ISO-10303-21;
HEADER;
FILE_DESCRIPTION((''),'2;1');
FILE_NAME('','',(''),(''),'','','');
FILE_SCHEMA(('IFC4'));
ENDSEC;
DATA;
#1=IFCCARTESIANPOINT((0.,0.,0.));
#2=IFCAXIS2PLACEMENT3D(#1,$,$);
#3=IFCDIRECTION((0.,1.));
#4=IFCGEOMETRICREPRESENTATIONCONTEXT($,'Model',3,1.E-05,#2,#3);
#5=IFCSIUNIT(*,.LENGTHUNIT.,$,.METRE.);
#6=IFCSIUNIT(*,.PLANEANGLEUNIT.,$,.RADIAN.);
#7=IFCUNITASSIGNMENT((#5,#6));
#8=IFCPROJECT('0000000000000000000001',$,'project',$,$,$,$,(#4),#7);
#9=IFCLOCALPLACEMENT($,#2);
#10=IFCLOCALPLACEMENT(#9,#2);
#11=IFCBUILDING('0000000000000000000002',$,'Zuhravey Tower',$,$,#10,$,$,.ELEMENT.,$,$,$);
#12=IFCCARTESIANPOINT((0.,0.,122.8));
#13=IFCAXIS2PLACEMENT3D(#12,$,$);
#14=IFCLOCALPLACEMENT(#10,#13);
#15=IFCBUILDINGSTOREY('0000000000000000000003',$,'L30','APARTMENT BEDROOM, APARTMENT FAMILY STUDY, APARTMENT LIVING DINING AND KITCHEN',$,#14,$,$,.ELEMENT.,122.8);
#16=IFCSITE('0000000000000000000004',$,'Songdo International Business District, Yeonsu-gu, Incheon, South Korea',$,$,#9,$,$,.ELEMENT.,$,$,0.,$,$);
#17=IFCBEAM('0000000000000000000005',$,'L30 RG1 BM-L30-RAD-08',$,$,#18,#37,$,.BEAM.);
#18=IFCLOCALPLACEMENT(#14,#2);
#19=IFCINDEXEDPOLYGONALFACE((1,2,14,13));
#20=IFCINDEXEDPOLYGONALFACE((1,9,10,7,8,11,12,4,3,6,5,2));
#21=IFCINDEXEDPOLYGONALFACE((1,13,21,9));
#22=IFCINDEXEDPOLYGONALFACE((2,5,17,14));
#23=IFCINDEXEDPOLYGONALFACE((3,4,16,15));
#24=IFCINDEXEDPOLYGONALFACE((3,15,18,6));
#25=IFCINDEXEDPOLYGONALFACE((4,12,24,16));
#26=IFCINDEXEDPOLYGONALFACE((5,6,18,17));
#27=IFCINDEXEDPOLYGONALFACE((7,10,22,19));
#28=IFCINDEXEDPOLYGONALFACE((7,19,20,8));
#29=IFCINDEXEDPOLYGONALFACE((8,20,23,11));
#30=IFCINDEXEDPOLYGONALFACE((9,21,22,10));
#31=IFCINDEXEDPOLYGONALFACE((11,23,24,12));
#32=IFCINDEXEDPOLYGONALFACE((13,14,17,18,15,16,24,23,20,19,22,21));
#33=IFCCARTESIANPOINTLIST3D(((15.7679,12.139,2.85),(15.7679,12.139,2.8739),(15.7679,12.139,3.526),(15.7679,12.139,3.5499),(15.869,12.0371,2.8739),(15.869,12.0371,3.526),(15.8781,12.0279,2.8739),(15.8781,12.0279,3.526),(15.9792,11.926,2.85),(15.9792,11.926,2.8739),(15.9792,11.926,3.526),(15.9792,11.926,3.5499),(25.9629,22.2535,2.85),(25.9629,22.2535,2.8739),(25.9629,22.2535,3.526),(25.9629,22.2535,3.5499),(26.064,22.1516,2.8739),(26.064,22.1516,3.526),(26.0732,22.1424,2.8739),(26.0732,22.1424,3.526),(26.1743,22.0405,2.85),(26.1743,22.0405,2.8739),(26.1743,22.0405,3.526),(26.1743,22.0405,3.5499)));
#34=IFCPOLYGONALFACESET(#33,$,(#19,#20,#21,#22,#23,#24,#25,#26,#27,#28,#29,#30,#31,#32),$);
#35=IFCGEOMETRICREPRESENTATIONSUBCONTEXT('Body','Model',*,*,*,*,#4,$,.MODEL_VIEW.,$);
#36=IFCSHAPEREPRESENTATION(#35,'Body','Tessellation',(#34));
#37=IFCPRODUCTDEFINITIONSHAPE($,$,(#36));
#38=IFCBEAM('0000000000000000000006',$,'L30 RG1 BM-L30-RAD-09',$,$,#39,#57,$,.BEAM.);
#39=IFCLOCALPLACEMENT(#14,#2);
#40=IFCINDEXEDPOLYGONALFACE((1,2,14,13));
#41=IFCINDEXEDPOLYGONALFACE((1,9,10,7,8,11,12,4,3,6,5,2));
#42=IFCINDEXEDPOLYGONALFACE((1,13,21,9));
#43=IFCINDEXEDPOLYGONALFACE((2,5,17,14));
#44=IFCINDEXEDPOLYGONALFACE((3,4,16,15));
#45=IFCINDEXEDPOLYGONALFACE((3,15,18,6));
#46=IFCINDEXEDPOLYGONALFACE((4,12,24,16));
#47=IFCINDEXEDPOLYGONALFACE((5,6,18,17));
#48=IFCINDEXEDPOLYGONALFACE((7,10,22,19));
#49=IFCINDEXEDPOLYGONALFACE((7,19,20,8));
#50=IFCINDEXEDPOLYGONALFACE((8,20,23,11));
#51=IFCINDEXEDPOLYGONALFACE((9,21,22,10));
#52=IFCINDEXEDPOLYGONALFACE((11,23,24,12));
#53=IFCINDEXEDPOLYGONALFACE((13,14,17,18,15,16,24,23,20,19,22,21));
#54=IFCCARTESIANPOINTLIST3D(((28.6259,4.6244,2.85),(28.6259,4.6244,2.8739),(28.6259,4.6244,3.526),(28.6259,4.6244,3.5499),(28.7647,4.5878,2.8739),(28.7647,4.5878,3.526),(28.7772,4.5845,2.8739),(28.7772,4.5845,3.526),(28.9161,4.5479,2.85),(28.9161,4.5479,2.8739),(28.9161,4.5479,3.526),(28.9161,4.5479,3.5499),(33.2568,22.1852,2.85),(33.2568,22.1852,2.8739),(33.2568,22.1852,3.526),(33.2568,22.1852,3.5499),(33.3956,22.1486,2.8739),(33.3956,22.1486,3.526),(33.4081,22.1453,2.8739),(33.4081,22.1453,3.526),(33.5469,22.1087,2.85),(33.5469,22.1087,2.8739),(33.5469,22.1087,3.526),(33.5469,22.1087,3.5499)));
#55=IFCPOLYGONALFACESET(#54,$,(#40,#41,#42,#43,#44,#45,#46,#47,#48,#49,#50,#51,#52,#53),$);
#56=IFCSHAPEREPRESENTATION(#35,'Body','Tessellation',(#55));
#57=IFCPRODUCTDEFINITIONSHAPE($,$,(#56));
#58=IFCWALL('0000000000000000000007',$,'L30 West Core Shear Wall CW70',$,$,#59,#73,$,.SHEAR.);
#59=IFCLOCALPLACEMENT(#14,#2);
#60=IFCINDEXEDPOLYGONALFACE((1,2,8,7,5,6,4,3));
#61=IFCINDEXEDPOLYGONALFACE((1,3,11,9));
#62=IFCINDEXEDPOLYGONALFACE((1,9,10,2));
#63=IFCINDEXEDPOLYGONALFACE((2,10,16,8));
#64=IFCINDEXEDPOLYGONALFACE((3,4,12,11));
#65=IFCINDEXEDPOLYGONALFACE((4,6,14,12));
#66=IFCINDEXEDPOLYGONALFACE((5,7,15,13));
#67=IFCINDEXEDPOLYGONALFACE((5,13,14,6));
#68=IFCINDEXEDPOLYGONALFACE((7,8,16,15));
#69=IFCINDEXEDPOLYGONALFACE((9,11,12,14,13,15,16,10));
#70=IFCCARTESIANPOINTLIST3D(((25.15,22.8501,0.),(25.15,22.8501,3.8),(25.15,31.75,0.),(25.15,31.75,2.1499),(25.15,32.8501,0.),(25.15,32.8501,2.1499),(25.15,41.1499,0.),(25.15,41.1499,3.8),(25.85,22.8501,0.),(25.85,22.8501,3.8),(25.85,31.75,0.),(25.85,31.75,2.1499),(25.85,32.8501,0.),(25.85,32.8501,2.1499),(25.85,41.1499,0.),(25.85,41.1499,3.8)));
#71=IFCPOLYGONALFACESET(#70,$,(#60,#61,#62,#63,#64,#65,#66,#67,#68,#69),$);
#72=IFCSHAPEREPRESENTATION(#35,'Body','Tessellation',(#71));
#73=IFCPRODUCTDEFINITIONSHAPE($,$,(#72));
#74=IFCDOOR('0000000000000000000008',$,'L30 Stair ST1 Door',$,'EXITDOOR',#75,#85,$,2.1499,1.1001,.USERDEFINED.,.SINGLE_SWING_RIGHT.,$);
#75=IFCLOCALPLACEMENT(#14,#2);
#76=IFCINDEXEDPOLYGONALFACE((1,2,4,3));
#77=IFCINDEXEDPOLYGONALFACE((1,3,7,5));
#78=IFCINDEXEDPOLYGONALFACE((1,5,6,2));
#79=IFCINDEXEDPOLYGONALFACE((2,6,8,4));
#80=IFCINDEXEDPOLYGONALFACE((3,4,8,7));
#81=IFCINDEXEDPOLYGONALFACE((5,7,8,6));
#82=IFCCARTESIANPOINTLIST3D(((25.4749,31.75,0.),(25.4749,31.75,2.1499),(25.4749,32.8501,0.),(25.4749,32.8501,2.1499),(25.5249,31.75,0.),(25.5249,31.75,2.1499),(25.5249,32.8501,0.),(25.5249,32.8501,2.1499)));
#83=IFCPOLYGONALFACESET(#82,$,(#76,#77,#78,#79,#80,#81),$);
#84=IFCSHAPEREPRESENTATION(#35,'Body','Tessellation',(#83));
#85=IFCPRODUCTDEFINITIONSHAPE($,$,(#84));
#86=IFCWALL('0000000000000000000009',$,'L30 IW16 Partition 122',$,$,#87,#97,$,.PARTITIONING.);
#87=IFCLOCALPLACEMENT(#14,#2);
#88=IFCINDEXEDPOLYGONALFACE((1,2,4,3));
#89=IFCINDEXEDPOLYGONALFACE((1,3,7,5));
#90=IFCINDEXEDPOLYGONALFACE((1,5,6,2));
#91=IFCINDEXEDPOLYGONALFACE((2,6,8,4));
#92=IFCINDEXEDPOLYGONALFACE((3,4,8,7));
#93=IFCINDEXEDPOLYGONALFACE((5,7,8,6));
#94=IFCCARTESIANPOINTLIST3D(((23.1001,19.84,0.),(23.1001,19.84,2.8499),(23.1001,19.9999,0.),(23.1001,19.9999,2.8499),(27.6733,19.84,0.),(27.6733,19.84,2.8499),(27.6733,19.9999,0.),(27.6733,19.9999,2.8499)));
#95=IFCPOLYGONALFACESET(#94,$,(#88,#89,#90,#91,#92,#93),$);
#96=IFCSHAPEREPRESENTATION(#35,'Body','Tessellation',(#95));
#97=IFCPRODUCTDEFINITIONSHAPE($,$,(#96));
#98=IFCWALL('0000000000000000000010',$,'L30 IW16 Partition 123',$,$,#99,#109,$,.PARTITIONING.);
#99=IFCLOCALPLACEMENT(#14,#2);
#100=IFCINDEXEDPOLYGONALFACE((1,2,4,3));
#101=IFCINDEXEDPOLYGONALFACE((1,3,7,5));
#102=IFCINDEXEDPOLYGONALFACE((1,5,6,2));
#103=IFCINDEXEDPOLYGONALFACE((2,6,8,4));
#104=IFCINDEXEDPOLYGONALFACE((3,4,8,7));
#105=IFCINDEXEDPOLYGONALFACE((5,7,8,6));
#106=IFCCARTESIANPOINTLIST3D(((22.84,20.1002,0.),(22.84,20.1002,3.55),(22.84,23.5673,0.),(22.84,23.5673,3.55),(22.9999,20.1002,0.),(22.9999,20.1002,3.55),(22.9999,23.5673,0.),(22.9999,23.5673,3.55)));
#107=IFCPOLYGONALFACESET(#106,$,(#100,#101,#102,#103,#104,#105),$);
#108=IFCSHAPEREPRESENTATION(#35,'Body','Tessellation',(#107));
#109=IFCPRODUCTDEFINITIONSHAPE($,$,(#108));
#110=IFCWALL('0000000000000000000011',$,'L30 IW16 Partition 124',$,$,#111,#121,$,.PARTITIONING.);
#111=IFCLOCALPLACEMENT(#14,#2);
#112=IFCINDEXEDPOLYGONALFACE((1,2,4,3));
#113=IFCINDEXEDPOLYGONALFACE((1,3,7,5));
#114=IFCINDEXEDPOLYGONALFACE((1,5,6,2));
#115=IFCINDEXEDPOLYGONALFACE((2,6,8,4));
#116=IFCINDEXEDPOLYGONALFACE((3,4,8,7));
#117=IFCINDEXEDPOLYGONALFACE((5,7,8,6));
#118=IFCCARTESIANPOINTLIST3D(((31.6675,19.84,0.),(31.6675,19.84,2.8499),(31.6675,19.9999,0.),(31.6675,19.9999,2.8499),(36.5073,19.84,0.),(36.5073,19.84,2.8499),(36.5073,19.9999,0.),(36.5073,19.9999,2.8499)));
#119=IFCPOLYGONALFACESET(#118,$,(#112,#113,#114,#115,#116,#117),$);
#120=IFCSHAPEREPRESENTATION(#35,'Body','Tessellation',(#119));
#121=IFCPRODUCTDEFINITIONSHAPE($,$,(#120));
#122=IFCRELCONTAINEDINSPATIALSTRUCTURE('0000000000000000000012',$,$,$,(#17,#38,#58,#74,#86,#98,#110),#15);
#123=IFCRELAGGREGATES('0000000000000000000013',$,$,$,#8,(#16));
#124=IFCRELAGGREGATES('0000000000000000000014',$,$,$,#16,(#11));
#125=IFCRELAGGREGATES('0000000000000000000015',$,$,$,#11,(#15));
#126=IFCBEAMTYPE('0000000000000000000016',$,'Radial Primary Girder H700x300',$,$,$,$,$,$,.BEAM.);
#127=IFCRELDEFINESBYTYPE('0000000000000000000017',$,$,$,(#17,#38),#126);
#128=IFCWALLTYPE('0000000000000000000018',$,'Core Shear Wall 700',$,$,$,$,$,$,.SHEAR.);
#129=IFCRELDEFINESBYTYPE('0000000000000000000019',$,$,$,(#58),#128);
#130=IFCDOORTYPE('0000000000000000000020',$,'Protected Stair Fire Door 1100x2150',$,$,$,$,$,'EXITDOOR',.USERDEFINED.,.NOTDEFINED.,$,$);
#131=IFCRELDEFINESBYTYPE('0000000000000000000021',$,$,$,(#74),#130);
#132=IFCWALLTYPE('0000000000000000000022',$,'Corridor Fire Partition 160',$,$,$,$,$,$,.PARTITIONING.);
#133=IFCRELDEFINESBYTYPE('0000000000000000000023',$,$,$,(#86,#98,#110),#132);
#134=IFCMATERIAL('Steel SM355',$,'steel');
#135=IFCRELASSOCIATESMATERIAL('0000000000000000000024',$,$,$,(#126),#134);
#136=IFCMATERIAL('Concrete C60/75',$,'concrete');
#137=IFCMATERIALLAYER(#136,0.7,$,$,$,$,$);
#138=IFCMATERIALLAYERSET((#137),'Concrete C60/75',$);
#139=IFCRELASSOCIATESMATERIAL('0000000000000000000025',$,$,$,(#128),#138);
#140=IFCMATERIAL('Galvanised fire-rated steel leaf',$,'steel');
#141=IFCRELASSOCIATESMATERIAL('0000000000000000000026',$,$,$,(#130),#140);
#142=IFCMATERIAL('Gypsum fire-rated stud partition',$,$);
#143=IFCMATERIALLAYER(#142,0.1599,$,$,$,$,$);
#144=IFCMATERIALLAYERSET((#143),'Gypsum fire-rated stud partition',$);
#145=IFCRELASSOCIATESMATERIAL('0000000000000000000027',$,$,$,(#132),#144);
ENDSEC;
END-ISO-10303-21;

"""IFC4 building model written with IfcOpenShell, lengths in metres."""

from ifc_helpers import new_model, si_unit, direction, frame, frame_2d, origin, origin_2d, place, context, subcontext, project, spatial, rectangle, i_section, extrude, material, layer, layer_set, material_profile, profile_set, type_object, element, fill, save


model = new_model("IFC4")

# Units and contexts
model_context = context("Model", 3, precision=1e-05, world=origin(), true_north=direction((0.0, 1.0)))
body_context = subcontext(model_context, "Body", "Model", "MODEL_VIEW")
ifc_project = project(units=[si_unit("LENGTHUNIT", "METRE"), si_unit("PLANEANGLEUNIT", "RADIAN")], contexts=[model_context])

# Site, building, storey
site_placement = place(None, origin())
site = spatial("IfcSite", under=ifc_project, at=site_placement, Name="Songdo International Business District, Yeonsu-gu, Incheon, South Korea", CompositionType="ELEMENT", RefElevation=0.0)
building_placement = place(site_placement, origin())
building = spatial("IfcBuilding", under=site, at=building_placement, Name="Zuhravey Tower", CompositionType="ELEMENT")
storey_placement = place(building_placement, frame((0.0, 0.0, 122.8)))
storey = spatial("IfcBuildingStorey", under=building, at=storey_placement, Name="L30", Description="APARTMENT BEDROOM, APARTMENT FAMILY STUDY, APARTMENT LIVING DINING AND KITCHEN", CompositionType="ELEMENT", Elevation=122.8)

# Beams
ifc_material_1 = material(Name="Steel SM355", Category="steel")
ifc_material_profile = material_profile(ifc_material_1, i_section(OverallWidth=0.3, OverallDepth=0.7, WebThickness=0.0129, FlangeThickness=0.0239, at=origin_2d()), Name="H-700x300x13x24")
ifc_profile_set = profile_set([ifc_material_profile], Name="Steel SM355")
beam_type = type_object("IfcBeamType", Name="Radial Primary Girder H700x300", PredefinedType="BEAM", material=ifc_profile_set)
beam_1_placement = place(storey_placement, frame((26.0686, 22.147, 3.2), z_axis=(-0.709906, -0.704296, 0.0), x_axis=(0.704296, -0.709906, 0.0)))
element("IfcBeam", 1, at=beam_1_placement, inside=storey, type_object=beam_type, Name="L30 RG1 BM-L30-RAD-08", PredefinedType="BEAM", context=body_context, shape_type="SweptSolid", body=[
    extrude(i_section(OverallWidth=0.3, OverallDepth=0.7, WebThickness=0.0129, FlangeThickness=0.0239, at=origin_2d()), origin(), (0.0, 0.0, 1.0), 14.3611),
])
beam_2_placement = place(storey_placement, frame((33.4019, 22.147, 3.2), z_axis=(-0.254988, -0.966944, 0.0), x_axis=(0.966944, -0.254988, 0.0)))
element("IfcBeam", 2, at=beam_2_placement, inside=storey, type_object=beam_type, Name="L30 RG1 BM-L30-RAD-09", PredefinedType="BEAM", context=body_context, shape_type="SweptSolid", body=[
    extrude(i_section(OverallWidth=0.3, OverallDepth=0.7, WebThickness=0.0129, FlangeThickness=0.0239, at=origin_2d()), origin(), (0.0, 0.0, 1.0), 18.1611),
])

# Wall, opening, door
ifc_material_2 = material(Name="Concrete C60/75", Category="concrete")
ifc_layer_1 = layer(ifc_material_2, 0.7)
ifc_layer_set_1 = layer_set([ifc_layer_1], Name="Concrete C60/75")
wall_type_1 = type_object("IfcWallType", Name="Core Shear Wall 700", PredefinedType="SHEAR", material=ifc_layer_set_1)
ifc_material_3 = material(Name="Galvanised fire-rated steel leaf", Category="steel")
wall_1_placement = place(storey_placement, frame((25.5, 22.8501, 0.0), z_axis=(0.0, 0.0, 1.0), x_axis=(0.0, 1.0, 0.0)))
wall_1 = element("IfcWall", 3, at=wall_1_placement, inside=storey, type_object=wall_type_1, Name="L30 West Core Shear Wall CW70", PredefinedType="SHEAR", context=body_context, shape_type="SweptSolid", body=[
    extrude(rectangle(XDim=18.2998, YDim=0.7, at=frame_2d((9.1499, 0.0))), origin(), (0.0, 0.0, 1.0), 3.8),
])
opening_1_placement = place(wall_1_placement, frame((8.8999, 0.0, 0.0)))
opening_1 = element("IfcOpeningElement", 4, at=opening_1_placement, cuts=wall_1, PredefinedType="OPENING", context=body_context, shape_type="SweptSolid", body=[
    extrude(rectangle(XDim=1.1001, YDim=2.1499, at=frame_2d((0.55, 1.075))), frame((0.0, 0.3621, 0.0), z_axis=(0.0, -1.0, 0.0), x_axis=(1.0, 0.0, 0.0)), (0.0, 0.0, 1.0), 0.7239),
])
door_type_1 = type_object("IfcDoorType", Name="Protected Stair Fire Door 1100x2150", ElementType="EXITDOOR", OperationType="NOTDEFINED", PredefinedType="USERDEFINED", material=ifc_material_3)
door_1_placement = place(opening_1_placement, frame((1.1001, 0.0, 0.0), z_axis=(0.0, 0.0, 1.0), x_axis=(-1.0, 0.0, 0.0)))
door_1 = element("IfcDoor", 5, at=door_1_placement, inside=storey, type_object=door_type_1, Name="L30 Stair ST1 Door", ObjectType="EXITDOOR", OperationType="SINGLE_SWING_RIGHT", OverallHeight=2.1499, OverallWidth=1.1001, PredefinedType="USERDEFINED", context=body_context, shape_type="SweptSolid", body=[
    extrude(rectangle(XDim=1.1001, YDim=2.1499, at=frame_2d((0.55, 1.075))), frame((0.0, 0.0249, 0.0), z_axis=(0.0, -1.0, 0.0), x_axis=(1.0, 0.0, 0.0)), (0.0, 0.0, 1.0), 0.05),
])
fill(opening_1, door_1)
ifc_material_4 = material(Name="Gypsum fire-rated stud partition")
ifc_layer_2 = layer(ifc_material_4, 0.1599)
ifc_layer_set_2 = layer_set([ifc_layer_2], Name="Gypsum fire-rated stud partition")
wall_type_2 = type_object("IfcWallType", Name="Corridor Fire Partition 160", PredefinedType="PARTITIONING", material=ifc_layer_set_2)

# Walls
wall_2_placement = place(storey_placement, frame((23.1001, 19.9199, 0.0), z_axis=(0.0, 0.0, 1.0), x_axis=(1.0, 0.0, 0.0)))
element("IfcWall", 6, at=wall_2_placement, inside=storey, type_object=wall_type_2, Name="L30 IW16 Partition 122", PredefinedType="PARTITIONING", context=body_context, shape_type="SweptSolid", body=[
    extrude(rectangle(XDim=4.5732, YDim=0.1599, at=frame_2d((2.2866, 0.0))), origin(), (0.0, 0.0, 1.0), 2.8499),
])
wall_3_placement = place(storey_placement, frame((22.9199, 23.5671, 0.0), z_axis=(0.0, 0.0, 1.0), x_axis=(0.0, -1.0, 0.0)))
element("IfcWall", 7, at=wall_3_placement, inside=storey, type_object=wall_type_2, Name="L30 IW16 Partition 123", PredefinedType="PARTITIONING", context=body_context, shape_type="SweptSolid", body=[
    extrude(rectangle(XDim=3.467, YDim=0.1599, at=frame_2d((1.7334, 0.0))), origin(), (0.0, 0.0, 1.0), 3.55),
])
wall_4_placement = place(storey_placement, frame((31.6675, 19.9199, 0.0), z_axis=(0.0, 0.0, 1.0), x_axis=(1.0, 0.0, 0.0)))
element("IfcWall", 8, at=wall_4_placement, inside=storey, type_object=wall_type_2, Name="L30 IW16 Partition 124", PredefinedType="PARTITIONING", context=body_context, shape_type="SweptSolid", body=[
    extrude(rectangle(XDim=4.8398, YDim=0.1599, at=frame_2d((2.4199, 0.0))), origin(), (0.0, 0.0, 1.0), 2.8499),
])

save(model, "model.ifc")
